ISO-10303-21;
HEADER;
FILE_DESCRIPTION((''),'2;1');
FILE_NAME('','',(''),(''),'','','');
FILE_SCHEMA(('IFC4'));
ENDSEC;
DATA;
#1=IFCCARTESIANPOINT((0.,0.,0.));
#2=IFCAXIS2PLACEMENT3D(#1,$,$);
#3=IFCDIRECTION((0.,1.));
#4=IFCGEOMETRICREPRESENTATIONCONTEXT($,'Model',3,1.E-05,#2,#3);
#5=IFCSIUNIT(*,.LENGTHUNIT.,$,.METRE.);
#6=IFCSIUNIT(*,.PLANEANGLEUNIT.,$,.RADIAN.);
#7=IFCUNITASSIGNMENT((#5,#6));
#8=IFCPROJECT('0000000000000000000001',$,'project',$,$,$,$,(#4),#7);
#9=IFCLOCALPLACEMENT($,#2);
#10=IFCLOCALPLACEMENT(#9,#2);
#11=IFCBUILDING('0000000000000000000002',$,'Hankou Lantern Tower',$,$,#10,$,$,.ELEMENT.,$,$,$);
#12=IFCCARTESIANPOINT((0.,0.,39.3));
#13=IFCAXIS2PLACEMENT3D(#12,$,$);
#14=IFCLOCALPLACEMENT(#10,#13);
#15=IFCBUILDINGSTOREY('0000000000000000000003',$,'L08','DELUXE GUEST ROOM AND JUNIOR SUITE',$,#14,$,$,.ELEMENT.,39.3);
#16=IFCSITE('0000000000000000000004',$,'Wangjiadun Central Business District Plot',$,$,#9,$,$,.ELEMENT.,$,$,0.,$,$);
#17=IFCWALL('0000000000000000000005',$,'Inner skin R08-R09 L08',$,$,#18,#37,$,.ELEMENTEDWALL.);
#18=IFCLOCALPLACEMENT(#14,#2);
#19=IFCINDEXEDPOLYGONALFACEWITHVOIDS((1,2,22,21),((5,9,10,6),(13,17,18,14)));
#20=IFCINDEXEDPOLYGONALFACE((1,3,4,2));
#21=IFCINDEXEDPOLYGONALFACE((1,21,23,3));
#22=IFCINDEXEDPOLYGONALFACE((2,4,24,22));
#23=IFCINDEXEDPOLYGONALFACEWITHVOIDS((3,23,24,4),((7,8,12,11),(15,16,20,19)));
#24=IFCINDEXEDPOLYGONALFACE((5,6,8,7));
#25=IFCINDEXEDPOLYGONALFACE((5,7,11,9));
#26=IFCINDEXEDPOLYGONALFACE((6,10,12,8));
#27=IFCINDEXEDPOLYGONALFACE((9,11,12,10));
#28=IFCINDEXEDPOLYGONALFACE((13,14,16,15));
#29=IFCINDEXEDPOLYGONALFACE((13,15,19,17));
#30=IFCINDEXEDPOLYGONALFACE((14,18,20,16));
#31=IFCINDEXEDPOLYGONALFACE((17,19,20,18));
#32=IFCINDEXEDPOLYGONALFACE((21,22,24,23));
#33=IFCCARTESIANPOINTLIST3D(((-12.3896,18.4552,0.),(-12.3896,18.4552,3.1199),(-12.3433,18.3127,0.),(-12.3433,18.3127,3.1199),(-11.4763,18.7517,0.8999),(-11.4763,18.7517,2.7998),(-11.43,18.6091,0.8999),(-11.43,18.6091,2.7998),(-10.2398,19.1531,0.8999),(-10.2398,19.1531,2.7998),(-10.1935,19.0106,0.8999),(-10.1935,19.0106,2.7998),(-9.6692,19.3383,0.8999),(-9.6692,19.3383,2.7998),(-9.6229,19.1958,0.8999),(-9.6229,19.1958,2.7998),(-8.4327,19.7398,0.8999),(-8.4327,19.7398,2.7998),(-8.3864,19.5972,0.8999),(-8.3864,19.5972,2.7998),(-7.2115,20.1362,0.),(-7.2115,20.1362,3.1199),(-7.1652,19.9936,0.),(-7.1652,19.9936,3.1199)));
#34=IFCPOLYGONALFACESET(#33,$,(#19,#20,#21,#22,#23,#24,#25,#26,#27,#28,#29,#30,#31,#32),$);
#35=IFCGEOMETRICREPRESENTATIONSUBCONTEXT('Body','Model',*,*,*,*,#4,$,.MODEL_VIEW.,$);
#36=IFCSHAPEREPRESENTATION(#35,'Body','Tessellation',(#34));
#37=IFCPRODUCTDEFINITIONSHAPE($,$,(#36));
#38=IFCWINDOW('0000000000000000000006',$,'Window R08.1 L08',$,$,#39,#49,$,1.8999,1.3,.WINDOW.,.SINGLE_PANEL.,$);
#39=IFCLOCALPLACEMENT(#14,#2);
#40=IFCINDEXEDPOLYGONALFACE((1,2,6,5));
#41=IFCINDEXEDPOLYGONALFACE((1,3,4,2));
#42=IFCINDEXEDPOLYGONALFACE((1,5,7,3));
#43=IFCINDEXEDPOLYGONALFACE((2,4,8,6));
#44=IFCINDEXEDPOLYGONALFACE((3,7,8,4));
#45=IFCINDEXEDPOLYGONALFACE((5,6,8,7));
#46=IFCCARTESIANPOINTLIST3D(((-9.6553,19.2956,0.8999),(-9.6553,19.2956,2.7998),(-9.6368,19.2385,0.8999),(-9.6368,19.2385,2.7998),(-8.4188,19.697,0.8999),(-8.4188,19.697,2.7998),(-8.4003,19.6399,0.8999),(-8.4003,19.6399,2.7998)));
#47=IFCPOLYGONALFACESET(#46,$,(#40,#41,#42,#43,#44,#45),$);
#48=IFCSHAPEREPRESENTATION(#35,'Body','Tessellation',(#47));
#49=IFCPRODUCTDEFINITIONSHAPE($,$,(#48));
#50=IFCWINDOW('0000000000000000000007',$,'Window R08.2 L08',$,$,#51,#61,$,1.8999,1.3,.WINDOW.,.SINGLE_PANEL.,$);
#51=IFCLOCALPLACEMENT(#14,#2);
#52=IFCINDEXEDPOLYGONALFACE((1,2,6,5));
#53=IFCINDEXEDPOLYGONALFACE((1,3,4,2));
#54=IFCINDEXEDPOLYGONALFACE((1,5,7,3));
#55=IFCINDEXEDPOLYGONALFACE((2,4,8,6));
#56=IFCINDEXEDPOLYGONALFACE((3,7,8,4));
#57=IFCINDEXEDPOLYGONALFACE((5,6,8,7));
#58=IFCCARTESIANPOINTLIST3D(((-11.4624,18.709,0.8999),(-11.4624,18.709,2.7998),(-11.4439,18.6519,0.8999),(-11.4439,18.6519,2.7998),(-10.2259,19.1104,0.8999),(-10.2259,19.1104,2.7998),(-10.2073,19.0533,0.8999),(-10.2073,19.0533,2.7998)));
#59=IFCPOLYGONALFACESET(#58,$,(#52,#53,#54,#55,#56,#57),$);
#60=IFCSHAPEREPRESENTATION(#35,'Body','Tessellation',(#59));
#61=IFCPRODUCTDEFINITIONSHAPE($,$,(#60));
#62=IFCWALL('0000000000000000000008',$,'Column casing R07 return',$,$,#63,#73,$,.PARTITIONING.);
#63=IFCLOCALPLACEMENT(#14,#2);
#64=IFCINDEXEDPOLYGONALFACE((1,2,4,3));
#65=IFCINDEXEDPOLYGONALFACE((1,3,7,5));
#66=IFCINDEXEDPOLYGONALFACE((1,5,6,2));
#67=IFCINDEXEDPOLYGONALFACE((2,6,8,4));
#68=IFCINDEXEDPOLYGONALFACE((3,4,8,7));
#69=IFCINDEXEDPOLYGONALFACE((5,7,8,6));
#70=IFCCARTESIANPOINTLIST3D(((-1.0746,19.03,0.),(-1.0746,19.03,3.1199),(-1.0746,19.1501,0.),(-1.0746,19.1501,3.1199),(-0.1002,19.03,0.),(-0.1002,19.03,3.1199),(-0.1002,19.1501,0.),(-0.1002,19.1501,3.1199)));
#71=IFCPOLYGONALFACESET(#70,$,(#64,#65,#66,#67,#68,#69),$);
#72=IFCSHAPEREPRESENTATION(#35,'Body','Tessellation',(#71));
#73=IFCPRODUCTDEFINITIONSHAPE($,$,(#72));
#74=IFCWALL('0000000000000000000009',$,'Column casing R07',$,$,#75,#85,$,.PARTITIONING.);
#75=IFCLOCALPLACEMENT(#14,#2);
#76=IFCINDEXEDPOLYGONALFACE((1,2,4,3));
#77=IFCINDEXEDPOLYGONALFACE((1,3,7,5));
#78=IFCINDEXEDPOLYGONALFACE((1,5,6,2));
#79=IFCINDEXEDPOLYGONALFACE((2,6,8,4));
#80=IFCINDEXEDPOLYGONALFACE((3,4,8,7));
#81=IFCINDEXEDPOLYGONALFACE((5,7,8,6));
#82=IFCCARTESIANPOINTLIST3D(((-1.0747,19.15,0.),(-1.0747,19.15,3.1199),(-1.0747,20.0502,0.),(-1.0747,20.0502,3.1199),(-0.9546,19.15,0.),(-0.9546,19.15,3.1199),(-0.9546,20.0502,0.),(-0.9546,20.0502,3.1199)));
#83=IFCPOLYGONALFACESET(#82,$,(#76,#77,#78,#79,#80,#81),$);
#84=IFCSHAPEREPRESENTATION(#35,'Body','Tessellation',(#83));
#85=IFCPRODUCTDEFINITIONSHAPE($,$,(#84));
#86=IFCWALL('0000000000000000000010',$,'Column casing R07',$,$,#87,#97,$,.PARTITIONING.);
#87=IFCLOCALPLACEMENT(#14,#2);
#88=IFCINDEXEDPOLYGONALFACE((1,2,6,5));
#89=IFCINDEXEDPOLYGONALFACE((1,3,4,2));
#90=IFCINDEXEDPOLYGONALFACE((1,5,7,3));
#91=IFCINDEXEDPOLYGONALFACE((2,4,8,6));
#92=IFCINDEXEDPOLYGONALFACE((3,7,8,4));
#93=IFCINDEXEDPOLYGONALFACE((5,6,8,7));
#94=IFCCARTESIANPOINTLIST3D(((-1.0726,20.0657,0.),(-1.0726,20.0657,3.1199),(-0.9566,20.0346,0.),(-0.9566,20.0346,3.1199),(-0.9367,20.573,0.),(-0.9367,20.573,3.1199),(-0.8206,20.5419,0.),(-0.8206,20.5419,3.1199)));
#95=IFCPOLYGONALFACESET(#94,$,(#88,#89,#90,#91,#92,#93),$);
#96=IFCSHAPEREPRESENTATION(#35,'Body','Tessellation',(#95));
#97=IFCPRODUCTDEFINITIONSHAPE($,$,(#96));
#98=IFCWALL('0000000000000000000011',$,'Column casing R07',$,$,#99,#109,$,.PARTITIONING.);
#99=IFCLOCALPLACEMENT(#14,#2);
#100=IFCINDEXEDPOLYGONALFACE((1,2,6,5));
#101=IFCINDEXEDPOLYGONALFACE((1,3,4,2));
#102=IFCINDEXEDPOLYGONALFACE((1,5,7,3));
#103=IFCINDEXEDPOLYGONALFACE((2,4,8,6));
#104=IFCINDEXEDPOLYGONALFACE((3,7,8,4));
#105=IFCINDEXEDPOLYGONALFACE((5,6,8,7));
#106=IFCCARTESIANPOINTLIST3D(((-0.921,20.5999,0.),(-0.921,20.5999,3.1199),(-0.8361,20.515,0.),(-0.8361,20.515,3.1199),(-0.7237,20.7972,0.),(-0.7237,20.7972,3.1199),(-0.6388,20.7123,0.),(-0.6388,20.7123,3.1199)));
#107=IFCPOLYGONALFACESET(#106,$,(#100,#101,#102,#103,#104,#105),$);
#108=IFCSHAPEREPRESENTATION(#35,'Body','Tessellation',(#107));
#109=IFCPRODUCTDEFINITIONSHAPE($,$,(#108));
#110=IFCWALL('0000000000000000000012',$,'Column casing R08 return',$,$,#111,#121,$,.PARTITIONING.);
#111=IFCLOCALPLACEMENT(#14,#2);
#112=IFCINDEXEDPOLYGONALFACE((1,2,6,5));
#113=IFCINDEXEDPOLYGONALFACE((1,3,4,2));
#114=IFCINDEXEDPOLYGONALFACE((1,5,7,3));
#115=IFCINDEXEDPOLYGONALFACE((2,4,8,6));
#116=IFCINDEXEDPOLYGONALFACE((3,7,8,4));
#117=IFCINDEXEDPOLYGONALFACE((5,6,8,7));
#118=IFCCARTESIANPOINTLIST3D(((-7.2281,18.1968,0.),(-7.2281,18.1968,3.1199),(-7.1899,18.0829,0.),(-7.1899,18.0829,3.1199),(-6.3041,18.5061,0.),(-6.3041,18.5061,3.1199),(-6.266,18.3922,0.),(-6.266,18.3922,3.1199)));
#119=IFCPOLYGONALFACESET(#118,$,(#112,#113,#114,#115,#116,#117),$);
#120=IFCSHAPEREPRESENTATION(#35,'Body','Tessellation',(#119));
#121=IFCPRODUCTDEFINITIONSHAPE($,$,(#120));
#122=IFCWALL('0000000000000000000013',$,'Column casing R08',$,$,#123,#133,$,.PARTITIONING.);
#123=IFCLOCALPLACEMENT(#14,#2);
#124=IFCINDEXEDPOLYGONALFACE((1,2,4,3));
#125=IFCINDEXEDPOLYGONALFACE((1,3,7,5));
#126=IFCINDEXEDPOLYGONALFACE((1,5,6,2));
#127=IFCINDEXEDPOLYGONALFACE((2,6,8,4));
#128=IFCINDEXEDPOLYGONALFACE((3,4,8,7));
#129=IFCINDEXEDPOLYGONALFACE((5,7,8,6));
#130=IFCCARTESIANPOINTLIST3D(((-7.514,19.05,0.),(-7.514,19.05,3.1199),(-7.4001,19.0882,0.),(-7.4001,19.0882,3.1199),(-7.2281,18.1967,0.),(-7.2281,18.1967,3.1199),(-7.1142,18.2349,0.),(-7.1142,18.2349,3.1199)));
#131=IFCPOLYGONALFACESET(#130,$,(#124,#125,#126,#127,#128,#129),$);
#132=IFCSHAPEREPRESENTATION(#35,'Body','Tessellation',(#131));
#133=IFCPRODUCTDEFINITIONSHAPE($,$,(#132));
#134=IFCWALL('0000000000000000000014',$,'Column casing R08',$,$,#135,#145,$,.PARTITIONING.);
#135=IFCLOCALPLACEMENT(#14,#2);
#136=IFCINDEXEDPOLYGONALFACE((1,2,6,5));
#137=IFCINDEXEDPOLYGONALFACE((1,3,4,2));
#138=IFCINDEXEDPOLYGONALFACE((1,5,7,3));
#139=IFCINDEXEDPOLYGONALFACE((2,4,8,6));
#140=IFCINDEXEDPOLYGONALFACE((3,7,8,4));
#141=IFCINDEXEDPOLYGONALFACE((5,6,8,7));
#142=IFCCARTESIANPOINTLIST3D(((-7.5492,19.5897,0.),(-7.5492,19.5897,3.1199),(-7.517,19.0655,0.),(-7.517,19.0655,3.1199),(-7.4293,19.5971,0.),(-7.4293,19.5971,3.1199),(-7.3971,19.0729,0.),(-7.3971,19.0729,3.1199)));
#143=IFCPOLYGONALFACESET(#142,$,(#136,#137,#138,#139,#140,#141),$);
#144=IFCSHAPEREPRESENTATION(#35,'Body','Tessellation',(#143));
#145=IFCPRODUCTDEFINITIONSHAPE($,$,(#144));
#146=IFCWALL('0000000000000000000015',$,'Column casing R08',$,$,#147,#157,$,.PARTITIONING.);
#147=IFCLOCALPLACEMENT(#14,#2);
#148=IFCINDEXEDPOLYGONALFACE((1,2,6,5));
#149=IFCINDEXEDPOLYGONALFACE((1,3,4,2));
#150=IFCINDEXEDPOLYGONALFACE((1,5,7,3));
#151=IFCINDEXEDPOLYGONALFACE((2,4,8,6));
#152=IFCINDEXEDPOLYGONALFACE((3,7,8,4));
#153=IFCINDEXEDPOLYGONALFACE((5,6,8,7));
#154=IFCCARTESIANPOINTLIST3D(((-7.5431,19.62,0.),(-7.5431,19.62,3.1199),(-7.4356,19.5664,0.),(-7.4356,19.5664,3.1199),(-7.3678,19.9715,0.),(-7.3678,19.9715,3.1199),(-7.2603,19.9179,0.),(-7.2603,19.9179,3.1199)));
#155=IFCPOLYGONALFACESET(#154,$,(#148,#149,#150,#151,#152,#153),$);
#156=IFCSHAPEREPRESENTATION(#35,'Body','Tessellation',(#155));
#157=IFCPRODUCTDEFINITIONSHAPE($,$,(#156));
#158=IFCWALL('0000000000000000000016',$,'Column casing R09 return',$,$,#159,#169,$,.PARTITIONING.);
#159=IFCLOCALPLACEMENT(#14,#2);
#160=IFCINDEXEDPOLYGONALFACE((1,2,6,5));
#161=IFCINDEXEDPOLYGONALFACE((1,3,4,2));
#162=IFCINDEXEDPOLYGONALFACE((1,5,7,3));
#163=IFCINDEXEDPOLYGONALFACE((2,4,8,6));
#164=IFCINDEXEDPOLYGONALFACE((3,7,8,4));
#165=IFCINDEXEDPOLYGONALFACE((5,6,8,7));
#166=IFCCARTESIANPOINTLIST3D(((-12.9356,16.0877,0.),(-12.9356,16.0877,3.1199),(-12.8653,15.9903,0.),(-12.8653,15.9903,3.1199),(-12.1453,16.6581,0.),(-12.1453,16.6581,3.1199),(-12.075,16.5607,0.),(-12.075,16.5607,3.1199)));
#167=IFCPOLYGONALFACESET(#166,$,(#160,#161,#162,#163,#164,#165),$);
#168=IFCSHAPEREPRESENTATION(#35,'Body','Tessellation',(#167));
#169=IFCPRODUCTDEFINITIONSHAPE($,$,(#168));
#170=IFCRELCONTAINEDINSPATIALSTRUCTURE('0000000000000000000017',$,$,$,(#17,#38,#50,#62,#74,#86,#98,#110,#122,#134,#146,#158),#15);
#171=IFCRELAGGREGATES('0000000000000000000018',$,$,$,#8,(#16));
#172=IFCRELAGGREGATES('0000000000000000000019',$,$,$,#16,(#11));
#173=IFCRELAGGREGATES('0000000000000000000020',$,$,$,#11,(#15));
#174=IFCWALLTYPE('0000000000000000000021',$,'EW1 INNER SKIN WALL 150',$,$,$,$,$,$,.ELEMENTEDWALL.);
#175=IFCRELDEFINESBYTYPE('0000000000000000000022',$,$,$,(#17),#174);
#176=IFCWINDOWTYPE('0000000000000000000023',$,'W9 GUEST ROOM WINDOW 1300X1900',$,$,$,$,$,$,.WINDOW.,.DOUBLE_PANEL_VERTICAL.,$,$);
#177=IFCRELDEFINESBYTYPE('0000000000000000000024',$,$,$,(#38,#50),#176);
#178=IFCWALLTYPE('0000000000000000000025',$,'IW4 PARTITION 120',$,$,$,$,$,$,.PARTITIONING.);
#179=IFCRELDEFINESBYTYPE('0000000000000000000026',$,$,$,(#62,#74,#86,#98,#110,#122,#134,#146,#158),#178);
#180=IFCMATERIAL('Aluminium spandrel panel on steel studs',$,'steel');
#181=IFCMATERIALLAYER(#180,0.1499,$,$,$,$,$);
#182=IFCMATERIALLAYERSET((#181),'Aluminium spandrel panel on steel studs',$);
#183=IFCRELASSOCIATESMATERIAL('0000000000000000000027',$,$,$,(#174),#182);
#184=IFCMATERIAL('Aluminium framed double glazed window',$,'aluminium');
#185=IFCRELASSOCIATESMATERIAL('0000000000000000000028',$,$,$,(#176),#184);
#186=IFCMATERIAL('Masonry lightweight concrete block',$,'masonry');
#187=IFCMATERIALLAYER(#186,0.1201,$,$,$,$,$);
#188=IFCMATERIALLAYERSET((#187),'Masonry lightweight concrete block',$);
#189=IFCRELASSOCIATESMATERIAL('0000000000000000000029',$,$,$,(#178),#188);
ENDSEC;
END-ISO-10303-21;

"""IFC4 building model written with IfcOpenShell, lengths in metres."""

from ifc_helpers import new_model, si_unit, direction, frame, frame_2d, origin, place, context, subcontext, project, spatial, rectangle, extrude, material, layer, layer_set, type_object, element, fill, save


model = new_model("IFC4")

# Units and contexts
model_context = context("Model", 3, precision=1e-05, world=origin(), true_north=direction((0.0, 1.0)))
body_context = subcontext(model_context, "Body", "Model", "MODEL_VIEW")
ifc_project = project(units=[si_unit("LENGTHUNIT", "METRE"), si_unit("PLANEANGLEUNIT", "RADIAN")], contexts=[model_context])

# Site, building, storey
site_placement = place(None, origin())
site = spatial("IfcSite", under=ifc_project, at=site_placement, Name="Wangjiadun Central Business District Plot", CompositionType="ELEMENT", RefElevation=0.0)
building_placement = place(site_placement, origin())
building = spatial("IfcBuilding", under=site, at=building_placement, Name="Hankou Lantern Tower", CompositionType="ELEMENT")
storey_placement = place(building_placement, frame((0.0, 0.0, 39.3)))
storey = spatial("IfcBuildingStorey", under=building, at=storey_placement, Name="L08", Description="DELUXE GUEST ROOM AND JUNIOR SUITE", CompositionType="ELEMENT", Elevation=39.3)

# Wall, openings, windows
ifc_material_1 = material(Name="Aluminium spandrel panel on steel studs", Category="steel")
ifc_layer_1 = layer(ifc_material_1, 0.1499)
ifc_layer_set_1 = layer_set([ifc_layer_1], Name="Aluminium spandrel panel on steel studs")
wall_type_1 = type_object("IfcWallType", Name="EW1 INNER SKIN WALL 150", PredefinedType="ELEMENTEDWALL", material=ifc_layer_set_1)
ifc_material_2 = material(Name="Aluminium framed double glazed window", Category="aluminium")
window_type = type_object("IfcWindowType", Name="W9 GUEST ROOM WINDOW 1300X1900", PartitioningType="DOUBLE_PANEL_VERTICAL", PredefinedType="WINDOW", material=ifc_material_2)
wall_1_placement = place(storey_placement, frame((-7.1882, 20.0649, 0.0), z_axis=(0.0, 0.0, 1.0), x_axis=(-0.951138, -0.308765, 0.0)))
wall_1 = element("IfcWall", 1, at=wall_1_placement, inside=storey, type_object=wall_type_1, Name="Inner skin R08-R09 L08", PredefinedType="ELEMENTEDWALL", context=body_context, shape_type="SweptSolid", body=[
    extrude(rectangle(XDim=5.4441, YDim=0.1499, at=frame_2d((2.7222, 0.0))), origin(), (0.0, 0.0, 1.0), 3.1199),
])
opening_1_placement = place(wall_1_placement, frame((1.2842, 0.0, 0.8999)))
opening_1 = element("IfcOpeningElement", 2, at=opening_1_placement, cuts=wall_1, PredefinedType="OPENING", context=body_context, shape_type="SweptSolid", body=[
    extrude(rectangle(XDim=1.3, YDim=1.8999, at=frame_2d((0.6499, 0.95))), frame((0.0, 0.085, 0.0), z_axis=(0.0, -1.0, 0.0), x_axis=(1.0, 0.0, 0.0)), (0.0, 0.0, 1.0), 0.1699),
])
opening_2_placement = place(wall_1_placement, frame((3.1841, 0.0, 0.8999)))
opening_2 = element("IfcOpeningElement", 3, at=opening_2_placement, cuts=wall_1, PredefinedType="OPENING", context=body_context, shape_type="SweptSolid", body=[
    extrude(rectangle(XDim=1.3, YDim=1.8999, at=frame_2d((0.6499, 0.95))), frame((0.0, 0.085, 0.0), z_axis=(0.0, -1.0, 0.0), x_axis=(1.0, 0.0, 0.0)), (0.0, 0.0, 1.0), 0.1699),
])
window_1_placement = place(opening_1_placement, origin())
window_1 = element("IfcWindow", 4, at=window_1_placement, inside=storey, type_object=window_type, Name="Window R08.1 L08", OverallHeight=1.8999, OverallWidth=1.3, PartitioningType="SINGLE_PANEL", PredefinedType="WINDOW", context=body_context, shape_type="SweptSolid", body=[
    extrude(rectangle(XDim=1.3, YDim=1.8999, at=frame_2d((0.6499, 0.95))), frame((0.0, 0.03, 0.0), z_axis=(0.0, -1.0, 0.0), x_axis=(1.0, 0.0, 0.0)), (0.0, 0.0, 1.0), 0.0601),
])
fill(opening_1, window_1)
window_2_placement = place(opening_2_placement, origin())
window_2 = element("IfcWindow", 5, at=window_2_placement, inside=storey, type_object=window_type, Name="Window R08.2 L08", OverallHeight=1.8999, OverallWidth=1.3, PartitioningType="SINGLE_PANEL", PredefinedType="WINDOW", context=body_context, shape_type="SweptSolid", body=[
    extrude(rectangle(XDim=1.3, YDim=1.8999, at=frame_2d((0.6499, 0.95))), frame((0.0, 0.03, 0.0), z_axis=(0.0, -1.0, 0.0), x_axis=(1.0, 0.0, 0.0)), (0.0, 0.0, 1.0), 0.0601),
])
fill(opening_2, window_2)

# Walls
ifc_material_3 = material(Name="Masonry lightweight concrete block", Category="masonry")
ifc_layer_2 = layer(ifc_material_3, 0.1201)
ifc_layer_set_2 = layer_set([ifc_layer_2], Name="Masonry lightweight concrete block")
wall_type_2 = type_object("IfcWallType", Name="IW4 PARTITION 120", PredefinedType="PARTITIONING", material=ifc_layer_set_2)
wall_2_placement = place(storey_placement, frame((-0.1001, 19.0901, 0.0), z_axis=(0.0, 0.0, 1.0), x_axis=(-1.0, 0.0, 0.0)))
element("IfcWall", 6, at=wall_2_placement, inside=storey, type_object=wall_type_2, Name="Column casing R07 return", PredefinedType="PARTITIONING", context=body_context, shape_type="SweptSolid", body=[
    extrude(rectangle(XDim=0.9744, YDim=0.1201, at=frame_2d((0.4873, 0.0))), origin(), (0.0, 0.0, 1.0), 3.1199),
])
wall_3_placement = place(storey_placement, frame((-1.0146, 19.1499, 0.0), z_axis=(0.0, 0.0, 1.0), x_axis=(0.0, 1.0, 0.0)))
element("IfcWall", 7, at=wall_3_placement, inside=storey, type_object=wall_type_2, Name="Column casing R07", PredefinedType="PARTITIONING", context=body_context, shape_type="SweptSolid", body=[
    extrude(rectangle(XDim=0.9001, YDim=0.1201, at=frame_2d((0.4502, 0.0))), origin(), (0.0, 0.0, 1.0), 3.1199),
])
wall_4_placement = place(storey_placement, frame((-1.0146, 20.05, 0.0), z_axis=(0.0, 0.0, 1.0), x_axis=(0.258906, 0.965902, 0.0)))
element("IfcWall", 8, at=wall_4_placement, inside=storey, type_object=wall_type_2, Name="Column casing R07", PredefinedType="PARTITIONING", context=body_context, shape_type="SweptSolid", body=[
    extrude(rectangle(XDim=0.5251, YDim=0.1201, at=frame_2d((0.2627, 0.0))), origin(), (0.0, 0.0, 1.0), 3.1199),
])
wall_5_placement = place(storey_placement, frame((-0.8787, 20.5574, 0.0), z_axis=(0.0, 0.0, 1.0), x_axis=(0.707107, 0.707107, 0.0)))
element("IfcWall", 9, at=wall_5_placement, inside=storey, type_object=wall_type_2, Name="Column casing R07", PredefinedType="PARTITIONING", context=body_context, shape_type="SweptSolid", body=[
    extrude(rectangle(XDim=0.2791, YDim=0.1201, at=frame_2d((0.1396, 0.0))), origin(), (0.0, 0.0, 1.0), 3.1199),
])
wall_6_placement = place(storey_placement, frame((-6.2849, 18.4492, 0.0), z_axis=(0.0, 0.0, 1.0), x_axis=(-0.948282, -0.31743, 0.0)))
element("IfcWall", 10, at=wall_6_placement, inside=storey, type_object=wall_type_2, Name="Column casing R08 return", PredefinedType="PARTITIONING", context=body_context, shape_type="SweptSolid", body=[
    extrude(rectangle(XDim=0.9744, YDim=0.1201, at=frame_2d((0.4873, 0.0))), origin(), (0.0, 0.0, 1.0), 3.1199),
])
wall_7_placement = place(storey_placement, frame((-7.1711, 18.2158, 0.0), z_axis=(0.0, 0.0, 1.0), x_axis=(-0.317692, 0.948194, 0.0)))
element("IfcWall", 11, at=wall_7_placement, inside=storey, type_object=wall_type_2, Name="Column casing R08", PredefinedType="PARTITIONING", context=body_context, shape_type="SweptSolid", body=[
    extrude(rectangle(XDim=0.8999, YDim=0.1201, at=frame_2d((0.45, 0.0))), origin(), (0.0, 0.0, 1.0), 3.1199),
])
wall_8_placement = place(storey_placement, frame((-7.457, 19.0691, 0.0), z_axis=(0.0, 0.0, 1.0), x_axis=(-0.061365, 0.998115, 0.0)))
element("IfcWall", 12, at=wall_8_placement, inside=storey, type_object=wall_type_2, Name="Column casing R08", PredefinedType="PARTITIONING", context=body_context, shape_type="SweptSolid", body=[
    extrude(rectangle(XDim=0.5251, YDim=0.1201, at=frame_2d((0.2627, 0.0))), origin(), (0.0, 0.0, 1.0), 3.1199),
])
wall_9_placement = place(storey_placement, frame((-7.4893, 19.5933, 0.0), z_axis=(0.0, 0.0, 1.0), x_axis=(0.446219, 0.894924, 0.0)))
element("IfcWall", 13, at=wall_9_placement, inside=storey, type_object=wall_type_2, Name="Column casing R08", PredefinedType="PARTITIONING", context=body_context, shape_type="SweptSolid", body=[
    extrude(rectangle(XDim=0.3928, YDim=0.1201, at=frame_2d((0.1963, 0.0))), origin(), (0.0, 0.0, 1.0), 3.1199),
])
wall_10_placement = place(storey_placement, frame((-12.1101, 16.6094, 0.0), z_axis=(0.0, 0.0, 1.0), x_axis=(-0.810897, -0.585189, 0.0)))
element("IfcWall", 14, at=wall_10_placement, inside=storey, type_object=wall_type_2, Name="Column casing R09 return", PredefinedType="PARTITIONING", context=body_context, shape_type="SweptSolid", body=[
    extrude(rectangle(XDim=0.9746, YDim=0.1201, at=frame_2d((0.4873, 0.0))), origin(), (0.0, 0.0, 1.0), 3.1199),
])

save(model, "model.ifc")
